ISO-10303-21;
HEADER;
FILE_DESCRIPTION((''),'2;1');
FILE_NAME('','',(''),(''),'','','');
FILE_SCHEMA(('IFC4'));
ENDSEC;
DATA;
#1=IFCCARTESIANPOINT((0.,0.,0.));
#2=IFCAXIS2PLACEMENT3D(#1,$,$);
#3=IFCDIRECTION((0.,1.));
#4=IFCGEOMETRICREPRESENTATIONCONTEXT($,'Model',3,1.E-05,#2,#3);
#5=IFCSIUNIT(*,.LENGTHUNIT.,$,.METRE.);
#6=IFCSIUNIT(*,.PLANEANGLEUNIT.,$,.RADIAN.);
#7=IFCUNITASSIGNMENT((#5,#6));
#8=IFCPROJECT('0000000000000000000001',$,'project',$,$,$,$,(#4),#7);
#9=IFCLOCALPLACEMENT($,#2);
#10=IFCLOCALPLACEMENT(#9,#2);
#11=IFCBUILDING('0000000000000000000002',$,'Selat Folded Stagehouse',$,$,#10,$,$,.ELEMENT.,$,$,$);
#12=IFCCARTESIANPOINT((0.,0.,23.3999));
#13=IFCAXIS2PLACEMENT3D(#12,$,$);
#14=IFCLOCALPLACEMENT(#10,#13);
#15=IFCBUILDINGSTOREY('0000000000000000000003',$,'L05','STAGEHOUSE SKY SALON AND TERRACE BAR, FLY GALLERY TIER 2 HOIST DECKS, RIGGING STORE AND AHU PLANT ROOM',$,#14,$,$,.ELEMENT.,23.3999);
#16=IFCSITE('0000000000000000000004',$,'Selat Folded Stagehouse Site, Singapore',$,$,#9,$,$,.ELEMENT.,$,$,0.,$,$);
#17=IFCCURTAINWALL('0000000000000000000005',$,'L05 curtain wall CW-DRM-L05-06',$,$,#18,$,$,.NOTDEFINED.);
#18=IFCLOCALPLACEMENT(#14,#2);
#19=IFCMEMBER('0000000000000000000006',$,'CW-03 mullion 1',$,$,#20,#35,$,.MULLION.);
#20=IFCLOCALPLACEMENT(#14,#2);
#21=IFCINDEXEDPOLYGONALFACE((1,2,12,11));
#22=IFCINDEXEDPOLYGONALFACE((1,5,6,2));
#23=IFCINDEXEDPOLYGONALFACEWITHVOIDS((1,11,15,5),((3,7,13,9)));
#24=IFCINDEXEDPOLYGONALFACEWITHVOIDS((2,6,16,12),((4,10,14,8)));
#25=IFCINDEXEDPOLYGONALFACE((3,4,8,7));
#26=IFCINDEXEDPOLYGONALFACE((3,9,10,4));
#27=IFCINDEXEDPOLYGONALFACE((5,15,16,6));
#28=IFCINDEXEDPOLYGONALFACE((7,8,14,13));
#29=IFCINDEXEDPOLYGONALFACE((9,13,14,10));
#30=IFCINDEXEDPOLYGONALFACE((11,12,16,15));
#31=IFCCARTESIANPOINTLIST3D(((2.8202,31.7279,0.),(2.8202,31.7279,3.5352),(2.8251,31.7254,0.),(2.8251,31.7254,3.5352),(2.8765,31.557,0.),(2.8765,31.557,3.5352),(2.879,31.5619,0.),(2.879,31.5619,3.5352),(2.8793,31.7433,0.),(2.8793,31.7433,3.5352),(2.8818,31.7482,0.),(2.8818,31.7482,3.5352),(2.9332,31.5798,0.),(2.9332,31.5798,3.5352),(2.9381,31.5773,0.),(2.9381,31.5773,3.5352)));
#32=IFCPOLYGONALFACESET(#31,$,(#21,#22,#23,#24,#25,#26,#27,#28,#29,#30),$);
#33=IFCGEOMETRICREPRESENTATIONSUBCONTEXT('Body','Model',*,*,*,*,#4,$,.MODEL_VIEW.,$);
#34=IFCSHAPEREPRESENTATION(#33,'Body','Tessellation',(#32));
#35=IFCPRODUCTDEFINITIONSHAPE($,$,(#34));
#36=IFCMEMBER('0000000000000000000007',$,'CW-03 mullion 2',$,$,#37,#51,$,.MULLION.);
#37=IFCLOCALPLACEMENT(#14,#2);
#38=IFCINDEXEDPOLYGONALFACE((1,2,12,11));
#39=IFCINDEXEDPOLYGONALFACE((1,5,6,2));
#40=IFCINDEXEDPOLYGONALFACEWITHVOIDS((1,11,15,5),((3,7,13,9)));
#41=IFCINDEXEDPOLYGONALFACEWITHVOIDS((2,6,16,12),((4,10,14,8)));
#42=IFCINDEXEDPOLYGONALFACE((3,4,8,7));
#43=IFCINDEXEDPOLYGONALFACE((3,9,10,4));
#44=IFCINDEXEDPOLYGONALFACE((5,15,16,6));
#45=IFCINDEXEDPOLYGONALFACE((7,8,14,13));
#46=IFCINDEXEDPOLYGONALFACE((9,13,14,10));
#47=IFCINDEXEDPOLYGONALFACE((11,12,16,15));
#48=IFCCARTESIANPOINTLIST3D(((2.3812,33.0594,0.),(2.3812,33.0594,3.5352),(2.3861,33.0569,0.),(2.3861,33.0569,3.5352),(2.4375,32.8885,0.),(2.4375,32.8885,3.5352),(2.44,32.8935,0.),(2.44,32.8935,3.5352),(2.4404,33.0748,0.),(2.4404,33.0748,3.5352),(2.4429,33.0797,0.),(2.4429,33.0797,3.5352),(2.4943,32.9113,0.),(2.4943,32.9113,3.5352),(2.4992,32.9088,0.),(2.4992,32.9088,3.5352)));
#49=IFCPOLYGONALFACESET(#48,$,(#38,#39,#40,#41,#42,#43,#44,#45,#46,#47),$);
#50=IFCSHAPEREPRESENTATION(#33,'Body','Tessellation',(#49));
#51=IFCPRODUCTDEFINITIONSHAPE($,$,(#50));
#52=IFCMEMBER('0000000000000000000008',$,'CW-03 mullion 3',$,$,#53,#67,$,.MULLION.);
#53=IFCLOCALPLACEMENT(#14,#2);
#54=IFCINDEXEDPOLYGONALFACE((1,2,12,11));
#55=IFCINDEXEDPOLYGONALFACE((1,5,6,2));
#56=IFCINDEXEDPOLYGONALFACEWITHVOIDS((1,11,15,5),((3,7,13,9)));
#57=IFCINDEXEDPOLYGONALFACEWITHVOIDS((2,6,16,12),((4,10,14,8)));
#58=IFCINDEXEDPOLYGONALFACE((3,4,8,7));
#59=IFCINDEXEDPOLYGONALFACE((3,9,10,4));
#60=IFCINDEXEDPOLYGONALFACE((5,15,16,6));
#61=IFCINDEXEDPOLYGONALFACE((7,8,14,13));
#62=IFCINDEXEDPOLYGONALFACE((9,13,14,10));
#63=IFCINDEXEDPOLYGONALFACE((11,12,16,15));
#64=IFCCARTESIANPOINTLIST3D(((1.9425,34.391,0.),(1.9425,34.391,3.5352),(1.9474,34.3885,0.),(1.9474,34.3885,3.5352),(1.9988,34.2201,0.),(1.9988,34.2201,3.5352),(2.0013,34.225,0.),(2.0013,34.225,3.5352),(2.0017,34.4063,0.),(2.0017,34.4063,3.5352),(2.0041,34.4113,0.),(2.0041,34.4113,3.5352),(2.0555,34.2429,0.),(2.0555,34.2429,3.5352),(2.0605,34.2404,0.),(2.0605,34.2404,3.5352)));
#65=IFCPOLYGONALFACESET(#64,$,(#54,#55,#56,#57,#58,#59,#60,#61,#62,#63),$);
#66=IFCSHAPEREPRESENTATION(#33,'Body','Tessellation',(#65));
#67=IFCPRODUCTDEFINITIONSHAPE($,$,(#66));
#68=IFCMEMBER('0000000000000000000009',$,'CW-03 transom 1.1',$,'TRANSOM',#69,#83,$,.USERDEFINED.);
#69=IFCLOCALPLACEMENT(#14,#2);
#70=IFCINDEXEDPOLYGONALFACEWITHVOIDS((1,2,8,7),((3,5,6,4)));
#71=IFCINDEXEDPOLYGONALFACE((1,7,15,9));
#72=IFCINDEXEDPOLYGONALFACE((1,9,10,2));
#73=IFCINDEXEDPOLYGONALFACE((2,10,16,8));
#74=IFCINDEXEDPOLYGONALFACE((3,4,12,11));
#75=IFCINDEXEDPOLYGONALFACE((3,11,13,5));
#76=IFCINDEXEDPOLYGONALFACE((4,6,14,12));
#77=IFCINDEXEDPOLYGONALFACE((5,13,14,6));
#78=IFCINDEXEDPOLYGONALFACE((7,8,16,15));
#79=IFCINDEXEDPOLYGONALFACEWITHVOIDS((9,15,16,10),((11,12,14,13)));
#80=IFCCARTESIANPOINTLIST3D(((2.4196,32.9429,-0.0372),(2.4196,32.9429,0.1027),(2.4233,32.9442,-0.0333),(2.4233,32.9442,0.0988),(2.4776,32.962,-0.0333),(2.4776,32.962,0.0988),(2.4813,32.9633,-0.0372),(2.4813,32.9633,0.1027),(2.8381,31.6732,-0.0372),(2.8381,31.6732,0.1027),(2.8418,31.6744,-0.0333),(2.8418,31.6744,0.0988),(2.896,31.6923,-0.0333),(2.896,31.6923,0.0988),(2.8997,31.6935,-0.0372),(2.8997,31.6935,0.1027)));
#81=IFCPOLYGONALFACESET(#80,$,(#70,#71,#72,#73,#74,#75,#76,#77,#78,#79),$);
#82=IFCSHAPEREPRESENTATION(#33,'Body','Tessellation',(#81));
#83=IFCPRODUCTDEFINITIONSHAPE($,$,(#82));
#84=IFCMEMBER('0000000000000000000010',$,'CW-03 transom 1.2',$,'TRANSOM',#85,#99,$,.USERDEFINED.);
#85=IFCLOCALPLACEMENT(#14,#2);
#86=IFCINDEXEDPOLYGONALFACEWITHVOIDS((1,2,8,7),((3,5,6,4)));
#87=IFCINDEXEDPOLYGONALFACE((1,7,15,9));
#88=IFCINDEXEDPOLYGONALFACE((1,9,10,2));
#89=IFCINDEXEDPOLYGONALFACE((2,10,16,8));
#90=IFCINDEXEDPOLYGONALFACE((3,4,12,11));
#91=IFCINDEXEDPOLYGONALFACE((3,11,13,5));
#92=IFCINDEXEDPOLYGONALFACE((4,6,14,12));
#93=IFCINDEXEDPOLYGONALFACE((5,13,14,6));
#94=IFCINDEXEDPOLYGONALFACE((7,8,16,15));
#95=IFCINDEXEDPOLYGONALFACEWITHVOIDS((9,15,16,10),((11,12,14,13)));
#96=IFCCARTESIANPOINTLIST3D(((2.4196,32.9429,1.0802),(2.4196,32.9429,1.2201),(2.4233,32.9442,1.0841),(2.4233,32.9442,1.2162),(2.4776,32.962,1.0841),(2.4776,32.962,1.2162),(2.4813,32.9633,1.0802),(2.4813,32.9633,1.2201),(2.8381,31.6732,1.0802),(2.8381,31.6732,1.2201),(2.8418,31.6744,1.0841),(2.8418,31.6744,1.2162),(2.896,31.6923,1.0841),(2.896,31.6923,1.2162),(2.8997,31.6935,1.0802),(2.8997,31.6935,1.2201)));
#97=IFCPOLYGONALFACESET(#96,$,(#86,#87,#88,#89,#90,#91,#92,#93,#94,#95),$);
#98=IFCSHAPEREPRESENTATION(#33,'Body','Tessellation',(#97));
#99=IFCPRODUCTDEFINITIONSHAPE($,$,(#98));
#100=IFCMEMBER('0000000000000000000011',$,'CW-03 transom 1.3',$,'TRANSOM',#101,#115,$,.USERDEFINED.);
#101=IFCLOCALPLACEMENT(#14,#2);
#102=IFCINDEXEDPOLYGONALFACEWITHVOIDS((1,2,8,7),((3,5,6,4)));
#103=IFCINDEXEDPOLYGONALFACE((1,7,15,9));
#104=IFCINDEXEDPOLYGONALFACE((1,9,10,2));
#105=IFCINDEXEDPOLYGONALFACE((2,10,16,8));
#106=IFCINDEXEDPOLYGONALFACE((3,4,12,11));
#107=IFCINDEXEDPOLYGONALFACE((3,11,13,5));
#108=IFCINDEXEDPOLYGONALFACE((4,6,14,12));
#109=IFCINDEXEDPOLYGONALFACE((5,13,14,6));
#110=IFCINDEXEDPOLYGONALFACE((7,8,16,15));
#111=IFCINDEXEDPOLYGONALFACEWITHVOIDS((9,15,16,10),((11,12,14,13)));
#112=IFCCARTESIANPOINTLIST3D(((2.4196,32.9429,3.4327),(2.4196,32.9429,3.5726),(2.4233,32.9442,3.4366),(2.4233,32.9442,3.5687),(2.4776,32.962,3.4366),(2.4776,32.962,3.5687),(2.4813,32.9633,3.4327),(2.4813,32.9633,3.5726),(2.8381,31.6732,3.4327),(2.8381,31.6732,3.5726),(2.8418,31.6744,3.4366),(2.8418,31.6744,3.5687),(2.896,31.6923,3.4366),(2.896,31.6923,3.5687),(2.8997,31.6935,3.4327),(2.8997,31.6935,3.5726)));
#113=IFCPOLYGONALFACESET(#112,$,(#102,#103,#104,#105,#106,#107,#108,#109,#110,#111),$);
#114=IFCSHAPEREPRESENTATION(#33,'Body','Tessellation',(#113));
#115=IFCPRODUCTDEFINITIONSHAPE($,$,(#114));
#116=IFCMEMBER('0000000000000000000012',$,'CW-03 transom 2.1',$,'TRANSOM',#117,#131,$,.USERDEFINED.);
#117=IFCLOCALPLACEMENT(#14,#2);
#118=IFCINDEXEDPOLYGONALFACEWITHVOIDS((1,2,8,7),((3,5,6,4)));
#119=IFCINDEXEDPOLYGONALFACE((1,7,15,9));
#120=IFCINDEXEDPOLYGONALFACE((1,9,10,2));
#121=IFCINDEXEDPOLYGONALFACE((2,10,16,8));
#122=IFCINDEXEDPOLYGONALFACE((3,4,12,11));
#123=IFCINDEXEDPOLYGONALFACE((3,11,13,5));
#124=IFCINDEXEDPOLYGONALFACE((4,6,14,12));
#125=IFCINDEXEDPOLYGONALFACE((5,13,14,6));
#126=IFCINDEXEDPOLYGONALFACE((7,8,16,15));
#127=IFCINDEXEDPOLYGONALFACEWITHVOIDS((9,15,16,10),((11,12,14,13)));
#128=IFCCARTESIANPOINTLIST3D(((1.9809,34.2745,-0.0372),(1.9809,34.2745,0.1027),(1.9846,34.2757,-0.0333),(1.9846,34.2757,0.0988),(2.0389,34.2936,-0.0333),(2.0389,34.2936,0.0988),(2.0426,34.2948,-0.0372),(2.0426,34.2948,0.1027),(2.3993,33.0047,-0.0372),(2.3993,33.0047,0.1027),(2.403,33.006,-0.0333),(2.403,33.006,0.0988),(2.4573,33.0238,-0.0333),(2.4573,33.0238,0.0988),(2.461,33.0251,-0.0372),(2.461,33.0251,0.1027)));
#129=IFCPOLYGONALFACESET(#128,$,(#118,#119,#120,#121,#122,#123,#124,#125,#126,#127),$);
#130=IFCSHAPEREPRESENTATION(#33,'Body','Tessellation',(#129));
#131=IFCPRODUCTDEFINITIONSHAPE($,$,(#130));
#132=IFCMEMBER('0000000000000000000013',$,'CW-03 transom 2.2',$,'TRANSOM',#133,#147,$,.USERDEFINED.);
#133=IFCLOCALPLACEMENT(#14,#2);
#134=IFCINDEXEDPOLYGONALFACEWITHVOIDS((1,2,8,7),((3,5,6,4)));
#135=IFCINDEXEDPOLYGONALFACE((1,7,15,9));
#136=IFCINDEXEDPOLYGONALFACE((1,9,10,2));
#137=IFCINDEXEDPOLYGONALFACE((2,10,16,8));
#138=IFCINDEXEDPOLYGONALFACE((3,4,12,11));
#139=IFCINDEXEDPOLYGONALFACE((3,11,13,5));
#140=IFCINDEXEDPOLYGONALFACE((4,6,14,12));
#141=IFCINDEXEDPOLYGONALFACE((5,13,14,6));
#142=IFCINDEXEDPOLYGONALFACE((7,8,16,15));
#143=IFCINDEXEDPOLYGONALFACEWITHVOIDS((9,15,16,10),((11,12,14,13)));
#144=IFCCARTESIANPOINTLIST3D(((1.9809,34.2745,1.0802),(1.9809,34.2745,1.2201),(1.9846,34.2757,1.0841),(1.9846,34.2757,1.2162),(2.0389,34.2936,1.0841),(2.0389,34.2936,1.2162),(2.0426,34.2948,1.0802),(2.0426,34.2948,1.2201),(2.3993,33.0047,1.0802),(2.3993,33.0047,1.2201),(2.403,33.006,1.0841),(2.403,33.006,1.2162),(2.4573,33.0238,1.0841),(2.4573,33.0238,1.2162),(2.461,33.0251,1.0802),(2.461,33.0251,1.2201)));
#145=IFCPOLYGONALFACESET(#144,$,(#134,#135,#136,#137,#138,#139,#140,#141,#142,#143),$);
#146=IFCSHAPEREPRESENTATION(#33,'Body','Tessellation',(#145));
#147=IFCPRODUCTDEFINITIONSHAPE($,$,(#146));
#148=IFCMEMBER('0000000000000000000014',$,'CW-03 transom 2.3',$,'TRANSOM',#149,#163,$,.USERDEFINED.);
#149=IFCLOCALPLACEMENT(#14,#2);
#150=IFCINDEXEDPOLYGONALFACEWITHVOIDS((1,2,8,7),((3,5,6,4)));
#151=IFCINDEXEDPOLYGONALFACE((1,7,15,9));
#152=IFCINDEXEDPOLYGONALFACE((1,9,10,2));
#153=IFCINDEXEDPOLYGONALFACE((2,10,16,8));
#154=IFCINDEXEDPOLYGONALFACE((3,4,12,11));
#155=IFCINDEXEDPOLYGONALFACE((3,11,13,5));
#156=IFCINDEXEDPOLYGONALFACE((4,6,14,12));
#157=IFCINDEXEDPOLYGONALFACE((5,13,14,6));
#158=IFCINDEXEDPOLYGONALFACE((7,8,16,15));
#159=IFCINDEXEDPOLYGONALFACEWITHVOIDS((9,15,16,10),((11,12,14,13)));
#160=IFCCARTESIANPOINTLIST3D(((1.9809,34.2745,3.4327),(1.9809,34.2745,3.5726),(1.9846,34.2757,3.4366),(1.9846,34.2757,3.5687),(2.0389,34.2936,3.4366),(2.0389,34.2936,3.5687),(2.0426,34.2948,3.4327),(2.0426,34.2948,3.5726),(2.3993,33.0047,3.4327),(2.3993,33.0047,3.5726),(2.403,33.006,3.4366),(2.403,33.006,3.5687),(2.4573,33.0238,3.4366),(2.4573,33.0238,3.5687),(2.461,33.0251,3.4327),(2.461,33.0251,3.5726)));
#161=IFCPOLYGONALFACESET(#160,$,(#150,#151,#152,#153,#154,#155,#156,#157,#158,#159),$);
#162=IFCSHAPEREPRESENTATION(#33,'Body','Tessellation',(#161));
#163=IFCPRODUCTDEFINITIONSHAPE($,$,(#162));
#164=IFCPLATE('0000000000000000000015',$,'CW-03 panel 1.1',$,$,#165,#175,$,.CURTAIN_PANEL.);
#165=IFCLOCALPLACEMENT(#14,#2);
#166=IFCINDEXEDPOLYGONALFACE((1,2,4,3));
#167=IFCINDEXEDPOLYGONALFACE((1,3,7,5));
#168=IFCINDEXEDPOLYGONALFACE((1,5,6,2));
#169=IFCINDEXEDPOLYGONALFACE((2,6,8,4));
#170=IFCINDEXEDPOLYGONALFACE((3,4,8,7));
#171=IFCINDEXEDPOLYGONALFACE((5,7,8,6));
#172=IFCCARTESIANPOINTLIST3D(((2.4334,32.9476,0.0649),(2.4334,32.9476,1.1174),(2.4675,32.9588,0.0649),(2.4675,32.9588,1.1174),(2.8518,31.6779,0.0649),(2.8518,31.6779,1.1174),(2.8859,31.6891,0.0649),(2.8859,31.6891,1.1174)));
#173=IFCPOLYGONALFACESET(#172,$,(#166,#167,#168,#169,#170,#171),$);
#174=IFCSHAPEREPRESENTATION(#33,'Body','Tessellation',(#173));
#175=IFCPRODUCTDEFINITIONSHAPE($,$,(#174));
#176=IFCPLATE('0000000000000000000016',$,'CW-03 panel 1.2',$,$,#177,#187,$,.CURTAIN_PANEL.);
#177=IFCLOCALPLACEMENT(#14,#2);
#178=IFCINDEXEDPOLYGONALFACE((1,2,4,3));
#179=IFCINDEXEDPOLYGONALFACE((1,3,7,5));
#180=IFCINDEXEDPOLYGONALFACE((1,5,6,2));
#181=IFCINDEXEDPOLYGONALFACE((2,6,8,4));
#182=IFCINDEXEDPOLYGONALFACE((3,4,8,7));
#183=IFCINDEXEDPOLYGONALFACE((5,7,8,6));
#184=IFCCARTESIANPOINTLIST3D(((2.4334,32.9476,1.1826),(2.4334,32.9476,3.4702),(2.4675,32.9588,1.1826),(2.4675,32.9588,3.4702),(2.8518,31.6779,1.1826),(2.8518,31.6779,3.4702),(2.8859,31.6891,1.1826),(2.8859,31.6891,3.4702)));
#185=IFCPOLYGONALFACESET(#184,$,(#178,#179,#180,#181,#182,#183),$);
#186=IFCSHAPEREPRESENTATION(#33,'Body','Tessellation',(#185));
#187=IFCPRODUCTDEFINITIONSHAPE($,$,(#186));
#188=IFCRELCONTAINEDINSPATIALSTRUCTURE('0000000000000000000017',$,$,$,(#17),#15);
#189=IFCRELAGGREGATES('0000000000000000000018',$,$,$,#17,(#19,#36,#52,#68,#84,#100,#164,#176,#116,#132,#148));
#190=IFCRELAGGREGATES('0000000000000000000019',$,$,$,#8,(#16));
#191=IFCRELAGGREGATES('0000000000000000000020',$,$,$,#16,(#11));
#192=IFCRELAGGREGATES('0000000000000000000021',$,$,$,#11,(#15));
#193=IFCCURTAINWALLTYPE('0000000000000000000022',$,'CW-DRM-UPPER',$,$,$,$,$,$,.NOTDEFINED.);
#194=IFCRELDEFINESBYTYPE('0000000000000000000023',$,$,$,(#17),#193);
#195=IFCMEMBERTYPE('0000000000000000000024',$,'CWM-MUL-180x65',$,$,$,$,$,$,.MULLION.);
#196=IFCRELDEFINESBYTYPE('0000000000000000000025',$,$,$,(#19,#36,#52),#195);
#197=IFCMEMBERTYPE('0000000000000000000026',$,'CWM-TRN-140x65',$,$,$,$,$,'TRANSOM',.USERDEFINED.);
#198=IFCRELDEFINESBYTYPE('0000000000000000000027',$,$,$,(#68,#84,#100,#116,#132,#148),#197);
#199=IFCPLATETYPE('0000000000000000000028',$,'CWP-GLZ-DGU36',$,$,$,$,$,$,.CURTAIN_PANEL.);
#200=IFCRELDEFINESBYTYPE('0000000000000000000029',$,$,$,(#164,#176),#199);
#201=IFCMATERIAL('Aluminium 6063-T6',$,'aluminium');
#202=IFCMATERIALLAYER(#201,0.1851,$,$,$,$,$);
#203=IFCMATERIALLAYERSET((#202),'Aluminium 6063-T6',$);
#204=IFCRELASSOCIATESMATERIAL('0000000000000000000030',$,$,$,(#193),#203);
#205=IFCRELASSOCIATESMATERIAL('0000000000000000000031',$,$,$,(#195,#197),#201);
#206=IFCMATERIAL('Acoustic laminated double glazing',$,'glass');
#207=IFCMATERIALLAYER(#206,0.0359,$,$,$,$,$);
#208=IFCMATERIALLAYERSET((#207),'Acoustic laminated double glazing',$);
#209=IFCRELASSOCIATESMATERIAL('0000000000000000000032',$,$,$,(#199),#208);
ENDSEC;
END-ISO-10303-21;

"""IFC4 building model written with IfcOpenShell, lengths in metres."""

from ifc_helpers import new_model, si_unit, direction, frame, origin, origin_2d, place, context, subcontext, project, spatial, rectangle, hollow_rectangle, extrude, material, layer, layer_set, material_profile, profile_set, type_object, element, aggregate, save


model = new_model("IFC4")

# Units and contexts
model_context = context("Model", 3, precision=1e-05, world=origin(), true_north=direction((0.0, 1.0)))
body_context = subcontext(model_context, "Body", "Model", "MODEL_VIEW")
ifc_project = project(units=[si_unit("LENGTHUNIT", "METRE"), si_unit("PLANEANGLEUNIT", "RADIAN")], contexts=[model_context])

# Site, building, storey
site_placement = place(None, origin())
site = spatial("IfcSite", under=ifc_project, at=site_placement, Name="Selat Folded Stagehouse Site, Singapore", CompositionType="ELEMENT", RefElevation=0.0)
building_placement = place(site_placement, origin())
building = spatial("IfcBuilding", under=site, at=building_placement, Name="Selat Folded Stagehouse", CompositionType="ELEMENT")
storey_placement = place(building_placement, frame((0.0, 0.0, 23.3999)))
storey = spatial("IfcBuildingStorey", under=building, at=storey_placement, Name="L05", Description="STAGEHOUSE SKY SALON AND TERRACE BAR, FLY GALLERY TIER 2 HOIST DECKS, RIGGING STORE AND AHU PLANT ROOM", CompositionType="ELEMENT", Elevation=23.3999)

# Curtain wall, members, plates
ifc_material_1 = material(Name="Aluminium 6063-T6", Category="aluminium")
ifc_layer_1 = layer(ifc_material_1, 0.1851)
ifc_layer_set_1 = layer_set([ifc_layer_1], Name="Aluminium 6063-T6")
curtain_wall_type = type_object("IfcCurtainWallType", Name="CW-DRM-UPPER", PredefinedType="NOTDEFINED", material=ifc_layer_set_1)
curtain_wall_placement = place(storey_placement, origin())
curtain_wall = element("IfcCurtainWall", 1, at=curtain_wall_placement, inside=storey, type_object=curtain_wall_type, Name="L05 curtain wall CW-DRM-L05-06", PredefinedType="NOTDEFINED")
ifc_material_profile_1 = material_profile(ifc_material_1, hollow_rectangle(XDim=0.0649, YDim=0.1799, WallThickness=0.0039, at=origin_2d()), Name="ALU 180x65x4.0")
ifc_profile_set_1 = profile_set([ifc_material_profile_1], Name="Aluminium 6063-T6")
member_type_1 = type_object("IfcMemberType", Name="CWM-MUL-180x65", PredefinedType="MULLION", material=ifc_profile_set_1)
member_1_placement = place(storey_placement, frame((2.8792, 31.6526, 0.0), z_axis=(0.0, 0.0, 1.0), x_axis=(-0.949755, -0.312995, 0.0)))
member_1 = element("IfcMember", 2, at=member_1_placement, type_object=member_type_1, Name="CW-03 mullion 1", PredefinedType="MULLION", context=body_context, shape_type="SweptSolid", body=[
    extrude(hollow_rectangle(XDim=0.0649, YDim=0.1799, WallThickness=0.0039, at=origin_2d()), origin(), (0.0, 0.0, 1.0), 3.5352),
])
member_2_placement = place(storey_placement, frame((2.4402, 32.9841, 0.0), z_axis=(0.0, 0.0, 1.0), x_axis=(-0.949755, -0.312995, 0.0)))
member_2 = element("IfcMember", 3, at=member_2_placement, type_object=member_type_1, Name="CW-03 mullion 2", PredefinedType="MULLION", context=body_context, shape_type="SweptSolid", body=[
    extrude(hollow_rectangle(XDim=0.0649, YDim=0.1799, WallThickness=0.0039, at=origin_2d()), origin(), (0.0, 0.0, 1.0), 3.5352),
])
member_3_placement = place(storey_placement, frame((2.0015, 34.3157, 0.0), z_axis=(0.0, 0.0, 1.0), x_axis=(-0.949755, -0.312995, 0.0)))
member_3 = element("IfcMember", 4, at=member_3_placement, type_object=member_type_1, Name="CW-03 mullion 3", PredefinedType="MULLION", context=body_context, shape_type="SweptSolid", body=[
    extrude(hollow_rectangle(XDim=0.0649, YDim=0.1799, WallThickness=0.0039, at=origin_2d()), origin(), (0.0, 0.0, 1.0), 3.5352),
])
ifc_material_profile_2 = material_profile(ifc_material_1, hollow_rectangle(XDim=0.0649, YDim=0.1399, WallThickness=0.0039, at=origin_2d()), Name="ALU 140x65x4.0")
ifc_profile_set_2 = profile_set([ifc_material_profile_2], Name="Aluminium 6063-T6")
member_type_2 = type_object("IfcMemberType", Name="CWM-TRN-140x65", ElementType="TRANSOM", PredefinedType="USERDEFINED", material=ifc_profile_set_2)
member_4_placement = place(storey_placement, frame((2.8689, 31.6833, 0.0327), z_axis=(-0.312994, 0.949755, 0.0), x_axis=(-0.949755, -0.312994, 0.0)))
member_4 = element("IfcMember", 5, at=member_4_placement, type_object=member_type_2, Name="CW-03 transom 1.1", ObjectType="TRANSOM", PredefinedType="USERDEFINED", context=body_context, shape_type="SweptSolid", body=[
    extrude(hollow_rectangle(XDim=0.0649, YDim=0.1399, WallThickness=0.0039, at=origin_2d()), origin(), (0.0, 0.0, 1.0), 1.3369),
])
member_5_placement = place(storey_placement, frame((2.8689, 31.6833, 1.1501), z_axis=(-0.312994, 0.949755, 0.0), x_axis=(-0.949755, -0.312994, 0.0)))
member_5 = element("IfcMember", 6, at=member_5_placement, type_object=member_type_2, Name="CW-03 transom 1.2", ObjectType="TRANSOM", PredefinedType="USERDEFINED", context=body_context, shape_type="SweptSolid", body=[
    extrude(hollow_rectangle(XDim=0.0649, YDim=0.1399, WallThickness=0.0039, at=origin_2d()), origin(), (0.0, 0.0, 1.0), 1.3369),
])
member_6_placement = place(storey_placement, frame((2.8689, 31.6833, 3.5027), z_axis=(-0.312994, 0.949755, 0.0), x_axis=(-0.949755, -0.312994, 0.0)))
member_6 = element("IfcMember", 7, at=member_6_placement, type_object=member_type_2, Name="CW-03 transom 1.3", ObjectType="TRANSOM", PredefinedType="USERDEFINED", context=body_context, shape_type="SweptSolid", body=[
    extrude(hollow_rectangle(XDim=0.0649, YDim=0.1399, WallThickness=0.0039, at=origin_2d()), origin(), (0.0, 0.0, 1.0), 1.3369),
])
member_7_placement = place(storey_placement, frame((2.4302, 33.0149, 0.0327), z_axis=(-0.312994, 0.949755, 0.0), x_axis=(-0.949755, -0.312994, 0.0)))
member_7 = element("IfcMember", 8, at=member_7_placement, type_object=member_type_2, Name="CW-03 transom 2.1", ObjectType="TRANSOM", PredefinedType="USERDEFINED", context=body_context, shape_type="SweptSolid", body=[
    extrude(hollow_rectangle(XDim=0.0649, YDim=0.1399, WallThickness=0.0039, at=origin_2d()), origin(), (0.0, 0.0, 1.0), 1.3369),
])
member_8_placement = place(storey_placement, frame((2.4302, 33.0149, 1.1501), z_axis=(-0.312994, 0.949755, 0.0), x_axis=(-0.949755, -0.312994, 0.0)))
member_8 = element("IfcMember", 9, at=member_8_placement, type_object=member_type_2, Name="CW-03 transom 2.2", ObjectType="TRANSOM", PredefinedType="USERDEFINED", context=body_context, shape_type="SweptSolid", body=[
    extrude(hollow_rectangle(XDim=0.0649, YDim=0.1399, WallThickness=0.0039, at=origin_2d()), origin(), (0.0, 0.0, 1.0), 1.3369),
])
member_9_placement = place(storey_placement, frame((2.4302, 33.0149, 3.5027), z_axis=(-0.312994, 0.949755, 0.0), x_axis=(-0.949755, -0.312994, 0.0)))
member_9 = element("IfcMember", 10, at=member_9_placement, type_object=member_type_2, Name="CW-03 transom 2.3", ObjectType="TRANSOM", PredefinedType="USERDEFINED", context=body_context, shape_type="SweptSolid", body=[
    extrude(hollow_rectangle(XDim=0.0649, YDim=0.1399, WallThickness=0.0039, at=origin_2d()), origin(), (0.0, 0.0, 1.0), 1.3369),
])
ifc_material_2 = material(Name="Acoustic laminated double glazing", Category="glass")
ifc_layer_2 = layer(ifc_material_2, 0.0359)
ifc_layer_set_2 = layer_set([ifc_layer_2], Name="Acoustic laminated double glazing")
plate_type = type_object("IfcPlateType", Name="CWP-GLZ-DGU36", PredefinedType="CURTAIN_PANEL", material=ifc_layer_set_2)
plate_1_placement = place(storey_placement, frame((2.6597, 32.3184, 0.0649), z_axis=(0.0, 0.0, 1.0), x_axis=(-0.312995, 0.949755, 0.0)))
plate_1 = element("IfcPlate", 11, at=plate_1_placement, type_object=plate_type, Name="CW-03 panel 1.1", PredefinedType="CURTAIN_PANEL", context=body_context, shape_type="SweptSolid", body=[
    extrude(rectangle(XDim=1.3369, YDim=0.0359, at=origin_2d()), origin(), (0.0, 0.0, 1.0), 1.0525),
])
plate_2_placement = place(storey_placement, frame((2.6597, 32.3184, 1.1826), z_axis=(0.0, 0.0, 1.0), x_axis=(-0.312995, 0.949755, 0.0)))
plate_2 = element("IfcPlate", 12, at=plate_2_placement, type_object=plate_type, Name="CW-03 panel 1.2", PredefinedType="CURTAIN_PANEL", context=body_context, shape_type="SweptSolid", body=[
    extrude(rectangle(XDim=1.3369, YDim=0.0359, at=origin_2d()), origin(), (0.0, 0.0, 1.0), 2.2876),
])
aggregate(curtain_wall, [member_1, member_2, member_3, member_4, member_5, member_6, plate_1, plate_2, member_7, member_8, member_9])

save(model, "model.ifc")
